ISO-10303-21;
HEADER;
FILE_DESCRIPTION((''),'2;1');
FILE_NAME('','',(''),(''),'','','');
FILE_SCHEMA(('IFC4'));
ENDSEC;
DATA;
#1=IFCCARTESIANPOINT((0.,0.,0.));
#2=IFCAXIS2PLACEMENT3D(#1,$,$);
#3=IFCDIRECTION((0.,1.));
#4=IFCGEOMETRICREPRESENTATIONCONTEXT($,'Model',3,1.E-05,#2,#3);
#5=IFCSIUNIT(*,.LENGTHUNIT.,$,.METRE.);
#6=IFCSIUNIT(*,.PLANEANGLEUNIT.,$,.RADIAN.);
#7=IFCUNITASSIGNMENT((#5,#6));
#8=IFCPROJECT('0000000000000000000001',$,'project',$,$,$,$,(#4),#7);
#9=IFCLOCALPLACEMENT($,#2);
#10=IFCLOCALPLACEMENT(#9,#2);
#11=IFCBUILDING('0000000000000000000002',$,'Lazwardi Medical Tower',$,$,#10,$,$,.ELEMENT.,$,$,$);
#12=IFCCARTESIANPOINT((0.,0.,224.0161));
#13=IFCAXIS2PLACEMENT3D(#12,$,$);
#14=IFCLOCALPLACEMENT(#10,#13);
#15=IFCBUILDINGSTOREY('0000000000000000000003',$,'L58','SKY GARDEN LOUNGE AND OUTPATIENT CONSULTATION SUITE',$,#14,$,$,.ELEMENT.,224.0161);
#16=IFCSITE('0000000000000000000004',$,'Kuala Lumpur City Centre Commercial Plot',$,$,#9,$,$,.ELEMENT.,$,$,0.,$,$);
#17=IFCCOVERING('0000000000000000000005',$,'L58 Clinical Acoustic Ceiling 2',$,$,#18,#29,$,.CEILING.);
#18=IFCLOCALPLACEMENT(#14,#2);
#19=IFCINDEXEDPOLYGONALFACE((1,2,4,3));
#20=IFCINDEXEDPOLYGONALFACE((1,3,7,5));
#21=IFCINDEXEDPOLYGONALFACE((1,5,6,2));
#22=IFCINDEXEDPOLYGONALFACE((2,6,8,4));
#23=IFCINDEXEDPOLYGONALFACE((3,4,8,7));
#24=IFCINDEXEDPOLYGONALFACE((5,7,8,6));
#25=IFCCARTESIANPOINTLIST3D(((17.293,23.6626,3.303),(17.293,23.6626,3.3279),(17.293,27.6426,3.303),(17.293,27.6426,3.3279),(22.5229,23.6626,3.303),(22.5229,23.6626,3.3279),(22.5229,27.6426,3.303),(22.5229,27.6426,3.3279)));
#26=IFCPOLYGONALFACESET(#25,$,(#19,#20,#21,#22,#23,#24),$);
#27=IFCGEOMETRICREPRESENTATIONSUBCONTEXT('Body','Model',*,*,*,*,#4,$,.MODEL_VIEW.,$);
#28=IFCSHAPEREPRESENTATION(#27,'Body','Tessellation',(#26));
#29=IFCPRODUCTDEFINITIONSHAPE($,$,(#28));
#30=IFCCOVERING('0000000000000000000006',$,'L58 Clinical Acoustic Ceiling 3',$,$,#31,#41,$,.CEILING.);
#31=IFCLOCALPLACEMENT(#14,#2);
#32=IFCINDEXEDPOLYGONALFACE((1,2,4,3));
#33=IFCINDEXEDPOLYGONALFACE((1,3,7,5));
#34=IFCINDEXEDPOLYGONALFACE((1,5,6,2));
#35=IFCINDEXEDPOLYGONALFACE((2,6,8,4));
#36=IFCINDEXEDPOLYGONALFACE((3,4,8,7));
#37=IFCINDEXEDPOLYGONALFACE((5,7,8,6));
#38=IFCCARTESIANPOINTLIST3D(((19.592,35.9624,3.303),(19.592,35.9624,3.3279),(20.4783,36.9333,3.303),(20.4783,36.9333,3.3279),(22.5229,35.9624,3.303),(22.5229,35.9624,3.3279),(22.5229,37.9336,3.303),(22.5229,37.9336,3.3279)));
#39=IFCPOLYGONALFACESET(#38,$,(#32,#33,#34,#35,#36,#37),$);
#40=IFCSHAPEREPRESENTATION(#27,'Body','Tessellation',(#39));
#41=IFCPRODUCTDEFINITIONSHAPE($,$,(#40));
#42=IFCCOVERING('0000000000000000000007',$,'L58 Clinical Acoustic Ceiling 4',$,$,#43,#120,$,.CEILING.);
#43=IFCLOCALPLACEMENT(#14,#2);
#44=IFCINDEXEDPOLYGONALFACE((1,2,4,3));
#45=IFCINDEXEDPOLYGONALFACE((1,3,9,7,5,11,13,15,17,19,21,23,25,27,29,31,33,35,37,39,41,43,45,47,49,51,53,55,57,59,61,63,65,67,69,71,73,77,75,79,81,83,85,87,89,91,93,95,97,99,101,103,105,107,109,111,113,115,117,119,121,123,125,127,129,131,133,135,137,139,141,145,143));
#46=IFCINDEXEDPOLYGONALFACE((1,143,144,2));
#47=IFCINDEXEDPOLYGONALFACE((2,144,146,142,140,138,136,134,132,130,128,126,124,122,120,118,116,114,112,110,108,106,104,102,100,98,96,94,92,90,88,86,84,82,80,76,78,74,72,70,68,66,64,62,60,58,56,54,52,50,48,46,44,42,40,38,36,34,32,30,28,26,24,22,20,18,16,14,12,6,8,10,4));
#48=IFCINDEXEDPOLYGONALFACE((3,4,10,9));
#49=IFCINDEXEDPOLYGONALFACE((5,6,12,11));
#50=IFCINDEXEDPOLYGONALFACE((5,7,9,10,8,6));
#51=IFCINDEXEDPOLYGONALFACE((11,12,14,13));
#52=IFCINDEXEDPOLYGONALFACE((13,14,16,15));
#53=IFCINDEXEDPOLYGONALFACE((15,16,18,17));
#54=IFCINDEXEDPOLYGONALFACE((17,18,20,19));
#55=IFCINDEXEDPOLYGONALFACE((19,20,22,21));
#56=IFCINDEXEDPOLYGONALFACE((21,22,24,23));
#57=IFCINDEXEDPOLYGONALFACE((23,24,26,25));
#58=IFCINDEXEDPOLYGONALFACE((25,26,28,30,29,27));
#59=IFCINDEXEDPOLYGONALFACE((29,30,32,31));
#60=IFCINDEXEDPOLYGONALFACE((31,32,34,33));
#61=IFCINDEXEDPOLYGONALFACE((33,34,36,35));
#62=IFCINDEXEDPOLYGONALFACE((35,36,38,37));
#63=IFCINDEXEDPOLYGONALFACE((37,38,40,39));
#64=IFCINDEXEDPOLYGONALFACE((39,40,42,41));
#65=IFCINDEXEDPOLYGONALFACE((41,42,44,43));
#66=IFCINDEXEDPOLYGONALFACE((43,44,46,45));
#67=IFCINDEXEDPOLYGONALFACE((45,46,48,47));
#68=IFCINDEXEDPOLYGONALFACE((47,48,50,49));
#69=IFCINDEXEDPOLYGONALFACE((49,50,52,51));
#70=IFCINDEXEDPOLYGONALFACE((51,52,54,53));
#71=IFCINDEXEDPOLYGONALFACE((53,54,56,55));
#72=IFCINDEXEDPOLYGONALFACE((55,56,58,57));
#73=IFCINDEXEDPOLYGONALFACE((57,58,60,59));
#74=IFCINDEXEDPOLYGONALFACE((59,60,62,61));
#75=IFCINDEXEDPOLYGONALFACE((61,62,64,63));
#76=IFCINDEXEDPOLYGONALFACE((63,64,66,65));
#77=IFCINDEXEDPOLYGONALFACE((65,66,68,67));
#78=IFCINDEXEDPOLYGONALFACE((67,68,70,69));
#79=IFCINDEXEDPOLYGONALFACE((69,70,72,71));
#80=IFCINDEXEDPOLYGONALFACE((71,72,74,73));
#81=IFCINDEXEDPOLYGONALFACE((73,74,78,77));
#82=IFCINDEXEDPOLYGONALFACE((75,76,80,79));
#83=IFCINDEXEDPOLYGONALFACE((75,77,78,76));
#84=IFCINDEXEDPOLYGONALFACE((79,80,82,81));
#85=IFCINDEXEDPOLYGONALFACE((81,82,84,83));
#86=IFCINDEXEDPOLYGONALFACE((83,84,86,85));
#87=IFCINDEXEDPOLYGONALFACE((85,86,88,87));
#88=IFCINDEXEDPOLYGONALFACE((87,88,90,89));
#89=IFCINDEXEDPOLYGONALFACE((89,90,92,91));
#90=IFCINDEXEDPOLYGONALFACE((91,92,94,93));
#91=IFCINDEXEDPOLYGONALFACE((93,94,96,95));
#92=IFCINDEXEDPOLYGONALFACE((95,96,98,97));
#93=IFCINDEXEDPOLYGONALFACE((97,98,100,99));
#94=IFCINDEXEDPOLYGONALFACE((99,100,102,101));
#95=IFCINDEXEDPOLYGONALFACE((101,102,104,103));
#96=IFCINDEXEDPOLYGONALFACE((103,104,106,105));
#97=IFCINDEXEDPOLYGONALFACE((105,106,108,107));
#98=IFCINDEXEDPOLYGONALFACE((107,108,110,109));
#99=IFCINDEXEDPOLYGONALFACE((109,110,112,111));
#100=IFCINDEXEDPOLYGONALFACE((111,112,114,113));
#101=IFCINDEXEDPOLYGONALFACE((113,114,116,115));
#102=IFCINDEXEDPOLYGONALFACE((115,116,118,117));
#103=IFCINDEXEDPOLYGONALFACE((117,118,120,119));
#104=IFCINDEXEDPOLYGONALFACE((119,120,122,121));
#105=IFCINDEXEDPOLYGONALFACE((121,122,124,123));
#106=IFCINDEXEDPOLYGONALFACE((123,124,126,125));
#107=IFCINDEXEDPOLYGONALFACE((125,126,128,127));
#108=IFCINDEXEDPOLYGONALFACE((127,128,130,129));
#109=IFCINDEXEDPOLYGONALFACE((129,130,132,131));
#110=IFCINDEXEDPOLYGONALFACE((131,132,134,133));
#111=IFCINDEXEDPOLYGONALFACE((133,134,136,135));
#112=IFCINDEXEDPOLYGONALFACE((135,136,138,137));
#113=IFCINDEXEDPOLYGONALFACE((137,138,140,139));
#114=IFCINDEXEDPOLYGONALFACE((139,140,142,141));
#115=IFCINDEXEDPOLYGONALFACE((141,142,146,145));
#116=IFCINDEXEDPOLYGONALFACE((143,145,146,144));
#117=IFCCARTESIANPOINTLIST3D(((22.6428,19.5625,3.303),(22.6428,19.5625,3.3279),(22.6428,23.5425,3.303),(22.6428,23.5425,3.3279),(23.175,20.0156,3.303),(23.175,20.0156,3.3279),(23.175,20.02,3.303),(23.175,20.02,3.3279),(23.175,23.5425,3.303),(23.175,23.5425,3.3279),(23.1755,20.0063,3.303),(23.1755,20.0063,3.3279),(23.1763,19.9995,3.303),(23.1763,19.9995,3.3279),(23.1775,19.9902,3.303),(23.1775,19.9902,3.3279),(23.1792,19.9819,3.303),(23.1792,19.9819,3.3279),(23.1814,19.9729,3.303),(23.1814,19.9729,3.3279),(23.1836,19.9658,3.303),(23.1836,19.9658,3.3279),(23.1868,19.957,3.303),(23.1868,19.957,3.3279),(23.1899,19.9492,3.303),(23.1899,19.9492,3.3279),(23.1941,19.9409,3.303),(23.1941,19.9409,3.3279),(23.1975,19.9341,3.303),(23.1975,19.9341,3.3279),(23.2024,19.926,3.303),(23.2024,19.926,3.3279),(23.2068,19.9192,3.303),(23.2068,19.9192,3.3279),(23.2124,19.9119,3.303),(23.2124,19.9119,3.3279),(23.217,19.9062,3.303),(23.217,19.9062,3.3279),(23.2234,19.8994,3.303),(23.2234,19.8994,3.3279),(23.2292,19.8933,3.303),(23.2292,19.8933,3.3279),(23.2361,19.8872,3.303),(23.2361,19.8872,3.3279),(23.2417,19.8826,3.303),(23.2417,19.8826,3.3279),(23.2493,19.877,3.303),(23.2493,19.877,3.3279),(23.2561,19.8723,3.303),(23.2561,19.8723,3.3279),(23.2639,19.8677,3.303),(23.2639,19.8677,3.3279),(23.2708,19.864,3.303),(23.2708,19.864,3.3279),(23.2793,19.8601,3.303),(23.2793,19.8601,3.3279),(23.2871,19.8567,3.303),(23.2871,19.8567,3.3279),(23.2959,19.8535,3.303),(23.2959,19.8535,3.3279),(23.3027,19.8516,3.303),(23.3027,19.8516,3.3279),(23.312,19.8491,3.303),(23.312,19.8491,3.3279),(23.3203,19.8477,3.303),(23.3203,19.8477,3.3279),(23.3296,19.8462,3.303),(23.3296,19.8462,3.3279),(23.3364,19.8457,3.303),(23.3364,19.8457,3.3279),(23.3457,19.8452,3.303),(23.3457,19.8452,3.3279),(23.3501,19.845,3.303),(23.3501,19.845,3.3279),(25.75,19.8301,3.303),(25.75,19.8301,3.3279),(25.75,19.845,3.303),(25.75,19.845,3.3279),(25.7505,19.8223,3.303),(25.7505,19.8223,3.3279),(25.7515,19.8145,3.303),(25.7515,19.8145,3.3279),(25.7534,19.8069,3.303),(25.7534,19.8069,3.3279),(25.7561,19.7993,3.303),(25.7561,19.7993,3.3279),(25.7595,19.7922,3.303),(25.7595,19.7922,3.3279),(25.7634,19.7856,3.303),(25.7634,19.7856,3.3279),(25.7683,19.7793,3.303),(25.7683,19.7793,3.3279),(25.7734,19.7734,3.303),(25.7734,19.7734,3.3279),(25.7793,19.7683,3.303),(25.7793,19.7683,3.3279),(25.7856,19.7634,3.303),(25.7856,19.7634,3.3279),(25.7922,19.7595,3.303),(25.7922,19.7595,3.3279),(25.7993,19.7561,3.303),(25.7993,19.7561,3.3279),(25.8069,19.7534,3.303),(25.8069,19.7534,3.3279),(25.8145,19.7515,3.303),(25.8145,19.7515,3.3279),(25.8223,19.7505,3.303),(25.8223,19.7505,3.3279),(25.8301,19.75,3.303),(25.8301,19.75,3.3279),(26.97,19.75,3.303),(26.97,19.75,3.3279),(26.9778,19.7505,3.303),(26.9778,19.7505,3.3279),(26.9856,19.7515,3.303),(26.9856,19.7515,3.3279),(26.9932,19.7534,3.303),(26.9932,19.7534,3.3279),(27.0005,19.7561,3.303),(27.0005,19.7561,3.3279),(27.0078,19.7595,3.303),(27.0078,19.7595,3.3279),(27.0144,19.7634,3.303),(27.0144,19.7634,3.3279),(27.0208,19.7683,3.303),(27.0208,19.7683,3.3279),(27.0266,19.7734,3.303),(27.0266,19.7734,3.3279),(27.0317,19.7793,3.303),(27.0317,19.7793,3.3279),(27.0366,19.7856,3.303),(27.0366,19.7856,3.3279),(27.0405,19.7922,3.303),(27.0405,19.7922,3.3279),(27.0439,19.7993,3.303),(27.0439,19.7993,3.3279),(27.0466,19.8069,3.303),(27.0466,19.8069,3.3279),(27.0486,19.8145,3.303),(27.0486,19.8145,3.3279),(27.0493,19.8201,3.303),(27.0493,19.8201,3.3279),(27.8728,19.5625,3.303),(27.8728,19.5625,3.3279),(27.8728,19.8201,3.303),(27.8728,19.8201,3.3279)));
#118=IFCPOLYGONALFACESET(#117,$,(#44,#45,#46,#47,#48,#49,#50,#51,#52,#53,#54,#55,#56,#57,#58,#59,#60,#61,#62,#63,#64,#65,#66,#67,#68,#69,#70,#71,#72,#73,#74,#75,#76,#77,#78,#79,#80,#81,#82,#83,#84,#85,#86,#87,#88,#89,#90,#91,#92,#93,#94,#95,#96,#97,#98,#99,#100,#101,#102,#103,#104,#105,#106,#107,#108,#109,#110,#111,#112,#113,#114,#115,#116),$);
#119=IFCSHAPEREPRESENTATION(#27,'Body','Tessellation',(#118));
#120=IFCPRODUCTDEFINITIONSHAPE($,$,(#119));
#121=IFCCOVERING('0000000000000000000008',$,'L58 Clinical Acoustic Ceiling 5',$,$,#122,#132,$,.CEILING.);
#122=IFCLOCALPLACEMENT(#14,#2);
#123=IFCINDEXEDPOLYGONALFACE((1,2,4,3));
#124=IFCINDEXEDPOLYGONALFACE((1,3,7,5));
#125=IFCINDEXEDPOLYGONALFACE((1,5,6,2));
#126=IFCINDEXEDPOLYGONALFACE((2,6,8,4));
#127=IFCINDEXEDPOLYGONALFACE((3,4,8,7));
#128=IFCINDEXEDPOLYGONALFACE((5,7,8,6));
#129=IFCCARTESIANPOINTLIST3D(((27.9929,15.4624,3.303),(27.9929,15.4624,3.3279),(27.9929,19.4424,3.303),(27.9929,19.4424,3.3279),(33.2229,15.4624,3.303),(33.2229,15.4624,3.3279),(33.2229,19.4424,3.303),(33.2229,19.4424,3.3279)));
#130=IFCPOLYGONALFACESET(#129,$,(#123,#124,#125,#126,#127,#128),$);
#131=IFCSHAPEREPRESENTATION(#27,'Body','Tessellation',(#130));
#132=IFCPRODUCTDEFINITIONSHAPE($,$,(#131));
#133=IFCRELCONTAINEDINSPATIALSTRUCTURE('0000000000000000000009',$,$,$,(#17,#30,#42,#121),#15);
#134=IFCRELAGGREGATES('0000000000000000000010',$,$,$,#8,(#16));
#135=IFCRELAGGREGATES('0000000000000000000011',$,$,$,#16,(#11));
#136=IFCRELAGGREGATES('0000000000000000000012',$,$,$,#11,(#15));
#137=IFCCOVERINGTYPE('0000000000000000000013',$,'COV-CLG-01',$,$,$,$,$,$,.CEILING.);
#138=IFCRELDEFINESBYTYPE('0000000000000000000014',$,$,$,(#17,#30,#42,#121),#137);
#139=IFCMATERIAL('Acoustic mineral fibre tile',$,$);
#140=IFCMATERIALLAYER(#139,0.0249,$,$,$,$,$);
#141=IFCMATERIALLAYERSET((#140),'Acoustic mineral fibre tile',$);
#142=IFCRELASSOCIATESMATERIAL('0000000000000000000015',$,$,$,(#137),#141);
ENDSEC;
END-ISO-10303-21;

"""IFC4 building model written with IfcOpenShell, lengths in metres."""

from ifc_helpers import new_model, si_unit, direction, frame, origin, place, context, subcontext, project, spatial, polyline, outline, extrude, material, layer, layer_set, type_object, element, save


model = new_model("IFC4")

# Units and contexts
model_context = context("Model", 3, precision=1e-05, world=origin(), true_north=direction((0.0, 1.0)))
body_context = subcontext(model_context, "Body", "Model", "MODEL_VIEW")
ifc_project = project(units=[si_unit("LENGTHUNIT", "METRE"), si_unit("PLANEANGLEUNIT", "RADIAN")], contexts=[model_context])

# Site, building, storey
site_placement = place(None, origin())
site = spatial("IfcSite", under=ifc_project, at=site_placement, Name="Kuala Lumpur City Centre Commercial Plot", CompositionType="ELEMENT", RefElevation=0.0)
building_placement = place(site_placement, origin())
building = spatial("IfcBuilding", under=site, at=building_placement, Name="Lazwardi Medical Tower", CompositionType="ELEMENT")
storey_placement = place(building_placement, frame((0.0, 0.0, 224.0161)))
storey = spatial("IfcBuildingStorey", under=building, at=storey_placement, Name="L58", Description="SKY GARDEN LOUNGE AND OUTPATIENT CONSULTATION SUITE", CompositionType="ELEMENT", Elevation=224.0161)

# Coverings
ifc_material_1 = material(Name="Acoustic mineral fibre tile")
ifc_layer_1 = layer(ifc_material_1, 0.0249)
ifc_layer_set_1 = layer_set([ifc_layer_1], Name="Acoustic mineral fibre tile")
covering_type_1 = type_object("IfcCoveringType", Name="COV-CLG-01", PredefinedType="CEILING", material=ifc_layer_set_1)
covering_1_placement = place(storey_placement, frame((0.0, 0.0, 3.303)))
element("IfcCovering", 1, at=covering_1_placement, inside=storey, type_object=covering_type_1, Name="L58 Clinical Acoustic Ceiling 2", PredefinedType="CEILING", context=body_context, shape_type="SweptSolid", body=[
    extrude(outline(polyline([(22.5229, 23.6626), (22.5229, 27.6426), (17.293, 27.6426), (17.293, 23.6626), (22.5229, 23.6626)])), origin(), (0.0, 0.0, 1.0), 0.0249),
])
covering_2_placement = place(storey_placement, frame((0.0, 0.0, 3.303)))
element("IfcCovering", 2, at=covering_2_placement, inside=storey, type_object=covering_type_1, Name="L58 Clinical Acoustic Ceiling 3", PredefinedType="CEILING", context=body_context, shape_type="SweptSolid", body=[
    extrude(outline(polyline([(22.5229, 37.9336), (20.4783, 36.9333), (19.592, 35.9624), (22.5229, 35.9624), (22.5229, 37.9336)])), origin(), (0.0, 0.0, 1.0), 0.0249),
])
covering_3_placement = place(storey_placement, frame((0.0, 0.0, 3.303)))
element("IfcCovering", 3, at=covering_3_placement, inside=storey, type_object=covering_type_1, Name="L58 Clinical Acoustic Ceiling 4", PredefinedType="CEILING", context=body_context, shape_type="SweptSolid", body=[
    extrude(outline(polyline([(27.8728, 19.8201), (27.0493, 19.8201), (27.0486, 19.8145), (27.0466, 19.8069), (27.0439, 19.7993), (27.0405, 19.7922), (27.0366, 19.7856), (27.0317, 19.7793), (27.0266, 19.7734), (27.0208, 19.7683), (27.0144, 19.7634), (27.0078, 19.7595), (27.0005, 19.7561), (26.9932, 19.7534), (26.9856, 19.7515), (26.9778, 19.7505), (26.97, 19.75), (25.8301, 19.75), (25.8223, 19.7505), (25.8145, 19.7515), (25.8069, 19.7534), (25.7993, 19.7561), (25.7922, 19.7595), (25.7856, 19.7634), (25.7793, 19.7683), (25.7734, 19.7734), (25.7683, 19.7793), (25.7634, 19.7856), (25.7595, 19.7922), (25.7561, 19.7993), (25.7534, 19.8069), (25.7515, 19.8145), (25.7505, 19.8223), (25.75, 19.8301), (25.75, 19.845), (23.3501, 19.845), (23.3457, 19.8452), (23.3364, 19.8457), (23.3296, 19.8462), (23.3203, 19.8477), (23.312, 19.8491), (23.3027, 19.8516), (23.2959, 19.8535), (23.2871, 19.8567), (23.2793, 19.8601), (23.2708, 19.864), (23.2639, 19.8677), (23.2561, 19.8723), (23.2493, 19.877), (23.2417, 19.8826), (23.2361, 19.8872), (23.2292, 19.8933), (23.2234, 19.8994), (23.217, 19.9062), (23.2124, 19.9119), (23.2068, 19.9192), (23.2024, 19.926), (23.1975, 19.9341), (23.1941, 19.9409), (23.1899, 19.9492), (23.1868, 19.957), (23.1836, 19.9658), (23.1814, 19.9729), (23.1792, 19.9819), (23.1775, 19.9902), (23.1763, 19.9995), (23.1755, 20.0063), (23.175, 20.0156), (23.175, 20.02), (23.175, 23.5425), (22.6428, 23.5425), (22.6428, 19.5625), (27.8728, 19.5625), (27.8728, 19.8201)])), origin(), (0.0, 0.0, 1.0), 0.0249),
])
covering_4_placement = place(storey_placement, frame((0.0, 0.0, 3.303)))
element("IfcCovering", 4, at=covering_4_placement, inside=storey, type_object=covering_type_1, Name="L58 Clinical Acoustic Ceiling 5", PredefinedType="CEILING", context=body_context, shape_type="SweptSolid", body=[
    extrude(outline(polyline([(33.2229, 15.4624), (33.2229, 19.4424), (27.9929, 19.4424), (27.9929, 15.4624), (33.2229, 15.4624)])), origin(), (0.0, 0.0, 1.0), 0.0249),
])

save(model, "model.ifc")
